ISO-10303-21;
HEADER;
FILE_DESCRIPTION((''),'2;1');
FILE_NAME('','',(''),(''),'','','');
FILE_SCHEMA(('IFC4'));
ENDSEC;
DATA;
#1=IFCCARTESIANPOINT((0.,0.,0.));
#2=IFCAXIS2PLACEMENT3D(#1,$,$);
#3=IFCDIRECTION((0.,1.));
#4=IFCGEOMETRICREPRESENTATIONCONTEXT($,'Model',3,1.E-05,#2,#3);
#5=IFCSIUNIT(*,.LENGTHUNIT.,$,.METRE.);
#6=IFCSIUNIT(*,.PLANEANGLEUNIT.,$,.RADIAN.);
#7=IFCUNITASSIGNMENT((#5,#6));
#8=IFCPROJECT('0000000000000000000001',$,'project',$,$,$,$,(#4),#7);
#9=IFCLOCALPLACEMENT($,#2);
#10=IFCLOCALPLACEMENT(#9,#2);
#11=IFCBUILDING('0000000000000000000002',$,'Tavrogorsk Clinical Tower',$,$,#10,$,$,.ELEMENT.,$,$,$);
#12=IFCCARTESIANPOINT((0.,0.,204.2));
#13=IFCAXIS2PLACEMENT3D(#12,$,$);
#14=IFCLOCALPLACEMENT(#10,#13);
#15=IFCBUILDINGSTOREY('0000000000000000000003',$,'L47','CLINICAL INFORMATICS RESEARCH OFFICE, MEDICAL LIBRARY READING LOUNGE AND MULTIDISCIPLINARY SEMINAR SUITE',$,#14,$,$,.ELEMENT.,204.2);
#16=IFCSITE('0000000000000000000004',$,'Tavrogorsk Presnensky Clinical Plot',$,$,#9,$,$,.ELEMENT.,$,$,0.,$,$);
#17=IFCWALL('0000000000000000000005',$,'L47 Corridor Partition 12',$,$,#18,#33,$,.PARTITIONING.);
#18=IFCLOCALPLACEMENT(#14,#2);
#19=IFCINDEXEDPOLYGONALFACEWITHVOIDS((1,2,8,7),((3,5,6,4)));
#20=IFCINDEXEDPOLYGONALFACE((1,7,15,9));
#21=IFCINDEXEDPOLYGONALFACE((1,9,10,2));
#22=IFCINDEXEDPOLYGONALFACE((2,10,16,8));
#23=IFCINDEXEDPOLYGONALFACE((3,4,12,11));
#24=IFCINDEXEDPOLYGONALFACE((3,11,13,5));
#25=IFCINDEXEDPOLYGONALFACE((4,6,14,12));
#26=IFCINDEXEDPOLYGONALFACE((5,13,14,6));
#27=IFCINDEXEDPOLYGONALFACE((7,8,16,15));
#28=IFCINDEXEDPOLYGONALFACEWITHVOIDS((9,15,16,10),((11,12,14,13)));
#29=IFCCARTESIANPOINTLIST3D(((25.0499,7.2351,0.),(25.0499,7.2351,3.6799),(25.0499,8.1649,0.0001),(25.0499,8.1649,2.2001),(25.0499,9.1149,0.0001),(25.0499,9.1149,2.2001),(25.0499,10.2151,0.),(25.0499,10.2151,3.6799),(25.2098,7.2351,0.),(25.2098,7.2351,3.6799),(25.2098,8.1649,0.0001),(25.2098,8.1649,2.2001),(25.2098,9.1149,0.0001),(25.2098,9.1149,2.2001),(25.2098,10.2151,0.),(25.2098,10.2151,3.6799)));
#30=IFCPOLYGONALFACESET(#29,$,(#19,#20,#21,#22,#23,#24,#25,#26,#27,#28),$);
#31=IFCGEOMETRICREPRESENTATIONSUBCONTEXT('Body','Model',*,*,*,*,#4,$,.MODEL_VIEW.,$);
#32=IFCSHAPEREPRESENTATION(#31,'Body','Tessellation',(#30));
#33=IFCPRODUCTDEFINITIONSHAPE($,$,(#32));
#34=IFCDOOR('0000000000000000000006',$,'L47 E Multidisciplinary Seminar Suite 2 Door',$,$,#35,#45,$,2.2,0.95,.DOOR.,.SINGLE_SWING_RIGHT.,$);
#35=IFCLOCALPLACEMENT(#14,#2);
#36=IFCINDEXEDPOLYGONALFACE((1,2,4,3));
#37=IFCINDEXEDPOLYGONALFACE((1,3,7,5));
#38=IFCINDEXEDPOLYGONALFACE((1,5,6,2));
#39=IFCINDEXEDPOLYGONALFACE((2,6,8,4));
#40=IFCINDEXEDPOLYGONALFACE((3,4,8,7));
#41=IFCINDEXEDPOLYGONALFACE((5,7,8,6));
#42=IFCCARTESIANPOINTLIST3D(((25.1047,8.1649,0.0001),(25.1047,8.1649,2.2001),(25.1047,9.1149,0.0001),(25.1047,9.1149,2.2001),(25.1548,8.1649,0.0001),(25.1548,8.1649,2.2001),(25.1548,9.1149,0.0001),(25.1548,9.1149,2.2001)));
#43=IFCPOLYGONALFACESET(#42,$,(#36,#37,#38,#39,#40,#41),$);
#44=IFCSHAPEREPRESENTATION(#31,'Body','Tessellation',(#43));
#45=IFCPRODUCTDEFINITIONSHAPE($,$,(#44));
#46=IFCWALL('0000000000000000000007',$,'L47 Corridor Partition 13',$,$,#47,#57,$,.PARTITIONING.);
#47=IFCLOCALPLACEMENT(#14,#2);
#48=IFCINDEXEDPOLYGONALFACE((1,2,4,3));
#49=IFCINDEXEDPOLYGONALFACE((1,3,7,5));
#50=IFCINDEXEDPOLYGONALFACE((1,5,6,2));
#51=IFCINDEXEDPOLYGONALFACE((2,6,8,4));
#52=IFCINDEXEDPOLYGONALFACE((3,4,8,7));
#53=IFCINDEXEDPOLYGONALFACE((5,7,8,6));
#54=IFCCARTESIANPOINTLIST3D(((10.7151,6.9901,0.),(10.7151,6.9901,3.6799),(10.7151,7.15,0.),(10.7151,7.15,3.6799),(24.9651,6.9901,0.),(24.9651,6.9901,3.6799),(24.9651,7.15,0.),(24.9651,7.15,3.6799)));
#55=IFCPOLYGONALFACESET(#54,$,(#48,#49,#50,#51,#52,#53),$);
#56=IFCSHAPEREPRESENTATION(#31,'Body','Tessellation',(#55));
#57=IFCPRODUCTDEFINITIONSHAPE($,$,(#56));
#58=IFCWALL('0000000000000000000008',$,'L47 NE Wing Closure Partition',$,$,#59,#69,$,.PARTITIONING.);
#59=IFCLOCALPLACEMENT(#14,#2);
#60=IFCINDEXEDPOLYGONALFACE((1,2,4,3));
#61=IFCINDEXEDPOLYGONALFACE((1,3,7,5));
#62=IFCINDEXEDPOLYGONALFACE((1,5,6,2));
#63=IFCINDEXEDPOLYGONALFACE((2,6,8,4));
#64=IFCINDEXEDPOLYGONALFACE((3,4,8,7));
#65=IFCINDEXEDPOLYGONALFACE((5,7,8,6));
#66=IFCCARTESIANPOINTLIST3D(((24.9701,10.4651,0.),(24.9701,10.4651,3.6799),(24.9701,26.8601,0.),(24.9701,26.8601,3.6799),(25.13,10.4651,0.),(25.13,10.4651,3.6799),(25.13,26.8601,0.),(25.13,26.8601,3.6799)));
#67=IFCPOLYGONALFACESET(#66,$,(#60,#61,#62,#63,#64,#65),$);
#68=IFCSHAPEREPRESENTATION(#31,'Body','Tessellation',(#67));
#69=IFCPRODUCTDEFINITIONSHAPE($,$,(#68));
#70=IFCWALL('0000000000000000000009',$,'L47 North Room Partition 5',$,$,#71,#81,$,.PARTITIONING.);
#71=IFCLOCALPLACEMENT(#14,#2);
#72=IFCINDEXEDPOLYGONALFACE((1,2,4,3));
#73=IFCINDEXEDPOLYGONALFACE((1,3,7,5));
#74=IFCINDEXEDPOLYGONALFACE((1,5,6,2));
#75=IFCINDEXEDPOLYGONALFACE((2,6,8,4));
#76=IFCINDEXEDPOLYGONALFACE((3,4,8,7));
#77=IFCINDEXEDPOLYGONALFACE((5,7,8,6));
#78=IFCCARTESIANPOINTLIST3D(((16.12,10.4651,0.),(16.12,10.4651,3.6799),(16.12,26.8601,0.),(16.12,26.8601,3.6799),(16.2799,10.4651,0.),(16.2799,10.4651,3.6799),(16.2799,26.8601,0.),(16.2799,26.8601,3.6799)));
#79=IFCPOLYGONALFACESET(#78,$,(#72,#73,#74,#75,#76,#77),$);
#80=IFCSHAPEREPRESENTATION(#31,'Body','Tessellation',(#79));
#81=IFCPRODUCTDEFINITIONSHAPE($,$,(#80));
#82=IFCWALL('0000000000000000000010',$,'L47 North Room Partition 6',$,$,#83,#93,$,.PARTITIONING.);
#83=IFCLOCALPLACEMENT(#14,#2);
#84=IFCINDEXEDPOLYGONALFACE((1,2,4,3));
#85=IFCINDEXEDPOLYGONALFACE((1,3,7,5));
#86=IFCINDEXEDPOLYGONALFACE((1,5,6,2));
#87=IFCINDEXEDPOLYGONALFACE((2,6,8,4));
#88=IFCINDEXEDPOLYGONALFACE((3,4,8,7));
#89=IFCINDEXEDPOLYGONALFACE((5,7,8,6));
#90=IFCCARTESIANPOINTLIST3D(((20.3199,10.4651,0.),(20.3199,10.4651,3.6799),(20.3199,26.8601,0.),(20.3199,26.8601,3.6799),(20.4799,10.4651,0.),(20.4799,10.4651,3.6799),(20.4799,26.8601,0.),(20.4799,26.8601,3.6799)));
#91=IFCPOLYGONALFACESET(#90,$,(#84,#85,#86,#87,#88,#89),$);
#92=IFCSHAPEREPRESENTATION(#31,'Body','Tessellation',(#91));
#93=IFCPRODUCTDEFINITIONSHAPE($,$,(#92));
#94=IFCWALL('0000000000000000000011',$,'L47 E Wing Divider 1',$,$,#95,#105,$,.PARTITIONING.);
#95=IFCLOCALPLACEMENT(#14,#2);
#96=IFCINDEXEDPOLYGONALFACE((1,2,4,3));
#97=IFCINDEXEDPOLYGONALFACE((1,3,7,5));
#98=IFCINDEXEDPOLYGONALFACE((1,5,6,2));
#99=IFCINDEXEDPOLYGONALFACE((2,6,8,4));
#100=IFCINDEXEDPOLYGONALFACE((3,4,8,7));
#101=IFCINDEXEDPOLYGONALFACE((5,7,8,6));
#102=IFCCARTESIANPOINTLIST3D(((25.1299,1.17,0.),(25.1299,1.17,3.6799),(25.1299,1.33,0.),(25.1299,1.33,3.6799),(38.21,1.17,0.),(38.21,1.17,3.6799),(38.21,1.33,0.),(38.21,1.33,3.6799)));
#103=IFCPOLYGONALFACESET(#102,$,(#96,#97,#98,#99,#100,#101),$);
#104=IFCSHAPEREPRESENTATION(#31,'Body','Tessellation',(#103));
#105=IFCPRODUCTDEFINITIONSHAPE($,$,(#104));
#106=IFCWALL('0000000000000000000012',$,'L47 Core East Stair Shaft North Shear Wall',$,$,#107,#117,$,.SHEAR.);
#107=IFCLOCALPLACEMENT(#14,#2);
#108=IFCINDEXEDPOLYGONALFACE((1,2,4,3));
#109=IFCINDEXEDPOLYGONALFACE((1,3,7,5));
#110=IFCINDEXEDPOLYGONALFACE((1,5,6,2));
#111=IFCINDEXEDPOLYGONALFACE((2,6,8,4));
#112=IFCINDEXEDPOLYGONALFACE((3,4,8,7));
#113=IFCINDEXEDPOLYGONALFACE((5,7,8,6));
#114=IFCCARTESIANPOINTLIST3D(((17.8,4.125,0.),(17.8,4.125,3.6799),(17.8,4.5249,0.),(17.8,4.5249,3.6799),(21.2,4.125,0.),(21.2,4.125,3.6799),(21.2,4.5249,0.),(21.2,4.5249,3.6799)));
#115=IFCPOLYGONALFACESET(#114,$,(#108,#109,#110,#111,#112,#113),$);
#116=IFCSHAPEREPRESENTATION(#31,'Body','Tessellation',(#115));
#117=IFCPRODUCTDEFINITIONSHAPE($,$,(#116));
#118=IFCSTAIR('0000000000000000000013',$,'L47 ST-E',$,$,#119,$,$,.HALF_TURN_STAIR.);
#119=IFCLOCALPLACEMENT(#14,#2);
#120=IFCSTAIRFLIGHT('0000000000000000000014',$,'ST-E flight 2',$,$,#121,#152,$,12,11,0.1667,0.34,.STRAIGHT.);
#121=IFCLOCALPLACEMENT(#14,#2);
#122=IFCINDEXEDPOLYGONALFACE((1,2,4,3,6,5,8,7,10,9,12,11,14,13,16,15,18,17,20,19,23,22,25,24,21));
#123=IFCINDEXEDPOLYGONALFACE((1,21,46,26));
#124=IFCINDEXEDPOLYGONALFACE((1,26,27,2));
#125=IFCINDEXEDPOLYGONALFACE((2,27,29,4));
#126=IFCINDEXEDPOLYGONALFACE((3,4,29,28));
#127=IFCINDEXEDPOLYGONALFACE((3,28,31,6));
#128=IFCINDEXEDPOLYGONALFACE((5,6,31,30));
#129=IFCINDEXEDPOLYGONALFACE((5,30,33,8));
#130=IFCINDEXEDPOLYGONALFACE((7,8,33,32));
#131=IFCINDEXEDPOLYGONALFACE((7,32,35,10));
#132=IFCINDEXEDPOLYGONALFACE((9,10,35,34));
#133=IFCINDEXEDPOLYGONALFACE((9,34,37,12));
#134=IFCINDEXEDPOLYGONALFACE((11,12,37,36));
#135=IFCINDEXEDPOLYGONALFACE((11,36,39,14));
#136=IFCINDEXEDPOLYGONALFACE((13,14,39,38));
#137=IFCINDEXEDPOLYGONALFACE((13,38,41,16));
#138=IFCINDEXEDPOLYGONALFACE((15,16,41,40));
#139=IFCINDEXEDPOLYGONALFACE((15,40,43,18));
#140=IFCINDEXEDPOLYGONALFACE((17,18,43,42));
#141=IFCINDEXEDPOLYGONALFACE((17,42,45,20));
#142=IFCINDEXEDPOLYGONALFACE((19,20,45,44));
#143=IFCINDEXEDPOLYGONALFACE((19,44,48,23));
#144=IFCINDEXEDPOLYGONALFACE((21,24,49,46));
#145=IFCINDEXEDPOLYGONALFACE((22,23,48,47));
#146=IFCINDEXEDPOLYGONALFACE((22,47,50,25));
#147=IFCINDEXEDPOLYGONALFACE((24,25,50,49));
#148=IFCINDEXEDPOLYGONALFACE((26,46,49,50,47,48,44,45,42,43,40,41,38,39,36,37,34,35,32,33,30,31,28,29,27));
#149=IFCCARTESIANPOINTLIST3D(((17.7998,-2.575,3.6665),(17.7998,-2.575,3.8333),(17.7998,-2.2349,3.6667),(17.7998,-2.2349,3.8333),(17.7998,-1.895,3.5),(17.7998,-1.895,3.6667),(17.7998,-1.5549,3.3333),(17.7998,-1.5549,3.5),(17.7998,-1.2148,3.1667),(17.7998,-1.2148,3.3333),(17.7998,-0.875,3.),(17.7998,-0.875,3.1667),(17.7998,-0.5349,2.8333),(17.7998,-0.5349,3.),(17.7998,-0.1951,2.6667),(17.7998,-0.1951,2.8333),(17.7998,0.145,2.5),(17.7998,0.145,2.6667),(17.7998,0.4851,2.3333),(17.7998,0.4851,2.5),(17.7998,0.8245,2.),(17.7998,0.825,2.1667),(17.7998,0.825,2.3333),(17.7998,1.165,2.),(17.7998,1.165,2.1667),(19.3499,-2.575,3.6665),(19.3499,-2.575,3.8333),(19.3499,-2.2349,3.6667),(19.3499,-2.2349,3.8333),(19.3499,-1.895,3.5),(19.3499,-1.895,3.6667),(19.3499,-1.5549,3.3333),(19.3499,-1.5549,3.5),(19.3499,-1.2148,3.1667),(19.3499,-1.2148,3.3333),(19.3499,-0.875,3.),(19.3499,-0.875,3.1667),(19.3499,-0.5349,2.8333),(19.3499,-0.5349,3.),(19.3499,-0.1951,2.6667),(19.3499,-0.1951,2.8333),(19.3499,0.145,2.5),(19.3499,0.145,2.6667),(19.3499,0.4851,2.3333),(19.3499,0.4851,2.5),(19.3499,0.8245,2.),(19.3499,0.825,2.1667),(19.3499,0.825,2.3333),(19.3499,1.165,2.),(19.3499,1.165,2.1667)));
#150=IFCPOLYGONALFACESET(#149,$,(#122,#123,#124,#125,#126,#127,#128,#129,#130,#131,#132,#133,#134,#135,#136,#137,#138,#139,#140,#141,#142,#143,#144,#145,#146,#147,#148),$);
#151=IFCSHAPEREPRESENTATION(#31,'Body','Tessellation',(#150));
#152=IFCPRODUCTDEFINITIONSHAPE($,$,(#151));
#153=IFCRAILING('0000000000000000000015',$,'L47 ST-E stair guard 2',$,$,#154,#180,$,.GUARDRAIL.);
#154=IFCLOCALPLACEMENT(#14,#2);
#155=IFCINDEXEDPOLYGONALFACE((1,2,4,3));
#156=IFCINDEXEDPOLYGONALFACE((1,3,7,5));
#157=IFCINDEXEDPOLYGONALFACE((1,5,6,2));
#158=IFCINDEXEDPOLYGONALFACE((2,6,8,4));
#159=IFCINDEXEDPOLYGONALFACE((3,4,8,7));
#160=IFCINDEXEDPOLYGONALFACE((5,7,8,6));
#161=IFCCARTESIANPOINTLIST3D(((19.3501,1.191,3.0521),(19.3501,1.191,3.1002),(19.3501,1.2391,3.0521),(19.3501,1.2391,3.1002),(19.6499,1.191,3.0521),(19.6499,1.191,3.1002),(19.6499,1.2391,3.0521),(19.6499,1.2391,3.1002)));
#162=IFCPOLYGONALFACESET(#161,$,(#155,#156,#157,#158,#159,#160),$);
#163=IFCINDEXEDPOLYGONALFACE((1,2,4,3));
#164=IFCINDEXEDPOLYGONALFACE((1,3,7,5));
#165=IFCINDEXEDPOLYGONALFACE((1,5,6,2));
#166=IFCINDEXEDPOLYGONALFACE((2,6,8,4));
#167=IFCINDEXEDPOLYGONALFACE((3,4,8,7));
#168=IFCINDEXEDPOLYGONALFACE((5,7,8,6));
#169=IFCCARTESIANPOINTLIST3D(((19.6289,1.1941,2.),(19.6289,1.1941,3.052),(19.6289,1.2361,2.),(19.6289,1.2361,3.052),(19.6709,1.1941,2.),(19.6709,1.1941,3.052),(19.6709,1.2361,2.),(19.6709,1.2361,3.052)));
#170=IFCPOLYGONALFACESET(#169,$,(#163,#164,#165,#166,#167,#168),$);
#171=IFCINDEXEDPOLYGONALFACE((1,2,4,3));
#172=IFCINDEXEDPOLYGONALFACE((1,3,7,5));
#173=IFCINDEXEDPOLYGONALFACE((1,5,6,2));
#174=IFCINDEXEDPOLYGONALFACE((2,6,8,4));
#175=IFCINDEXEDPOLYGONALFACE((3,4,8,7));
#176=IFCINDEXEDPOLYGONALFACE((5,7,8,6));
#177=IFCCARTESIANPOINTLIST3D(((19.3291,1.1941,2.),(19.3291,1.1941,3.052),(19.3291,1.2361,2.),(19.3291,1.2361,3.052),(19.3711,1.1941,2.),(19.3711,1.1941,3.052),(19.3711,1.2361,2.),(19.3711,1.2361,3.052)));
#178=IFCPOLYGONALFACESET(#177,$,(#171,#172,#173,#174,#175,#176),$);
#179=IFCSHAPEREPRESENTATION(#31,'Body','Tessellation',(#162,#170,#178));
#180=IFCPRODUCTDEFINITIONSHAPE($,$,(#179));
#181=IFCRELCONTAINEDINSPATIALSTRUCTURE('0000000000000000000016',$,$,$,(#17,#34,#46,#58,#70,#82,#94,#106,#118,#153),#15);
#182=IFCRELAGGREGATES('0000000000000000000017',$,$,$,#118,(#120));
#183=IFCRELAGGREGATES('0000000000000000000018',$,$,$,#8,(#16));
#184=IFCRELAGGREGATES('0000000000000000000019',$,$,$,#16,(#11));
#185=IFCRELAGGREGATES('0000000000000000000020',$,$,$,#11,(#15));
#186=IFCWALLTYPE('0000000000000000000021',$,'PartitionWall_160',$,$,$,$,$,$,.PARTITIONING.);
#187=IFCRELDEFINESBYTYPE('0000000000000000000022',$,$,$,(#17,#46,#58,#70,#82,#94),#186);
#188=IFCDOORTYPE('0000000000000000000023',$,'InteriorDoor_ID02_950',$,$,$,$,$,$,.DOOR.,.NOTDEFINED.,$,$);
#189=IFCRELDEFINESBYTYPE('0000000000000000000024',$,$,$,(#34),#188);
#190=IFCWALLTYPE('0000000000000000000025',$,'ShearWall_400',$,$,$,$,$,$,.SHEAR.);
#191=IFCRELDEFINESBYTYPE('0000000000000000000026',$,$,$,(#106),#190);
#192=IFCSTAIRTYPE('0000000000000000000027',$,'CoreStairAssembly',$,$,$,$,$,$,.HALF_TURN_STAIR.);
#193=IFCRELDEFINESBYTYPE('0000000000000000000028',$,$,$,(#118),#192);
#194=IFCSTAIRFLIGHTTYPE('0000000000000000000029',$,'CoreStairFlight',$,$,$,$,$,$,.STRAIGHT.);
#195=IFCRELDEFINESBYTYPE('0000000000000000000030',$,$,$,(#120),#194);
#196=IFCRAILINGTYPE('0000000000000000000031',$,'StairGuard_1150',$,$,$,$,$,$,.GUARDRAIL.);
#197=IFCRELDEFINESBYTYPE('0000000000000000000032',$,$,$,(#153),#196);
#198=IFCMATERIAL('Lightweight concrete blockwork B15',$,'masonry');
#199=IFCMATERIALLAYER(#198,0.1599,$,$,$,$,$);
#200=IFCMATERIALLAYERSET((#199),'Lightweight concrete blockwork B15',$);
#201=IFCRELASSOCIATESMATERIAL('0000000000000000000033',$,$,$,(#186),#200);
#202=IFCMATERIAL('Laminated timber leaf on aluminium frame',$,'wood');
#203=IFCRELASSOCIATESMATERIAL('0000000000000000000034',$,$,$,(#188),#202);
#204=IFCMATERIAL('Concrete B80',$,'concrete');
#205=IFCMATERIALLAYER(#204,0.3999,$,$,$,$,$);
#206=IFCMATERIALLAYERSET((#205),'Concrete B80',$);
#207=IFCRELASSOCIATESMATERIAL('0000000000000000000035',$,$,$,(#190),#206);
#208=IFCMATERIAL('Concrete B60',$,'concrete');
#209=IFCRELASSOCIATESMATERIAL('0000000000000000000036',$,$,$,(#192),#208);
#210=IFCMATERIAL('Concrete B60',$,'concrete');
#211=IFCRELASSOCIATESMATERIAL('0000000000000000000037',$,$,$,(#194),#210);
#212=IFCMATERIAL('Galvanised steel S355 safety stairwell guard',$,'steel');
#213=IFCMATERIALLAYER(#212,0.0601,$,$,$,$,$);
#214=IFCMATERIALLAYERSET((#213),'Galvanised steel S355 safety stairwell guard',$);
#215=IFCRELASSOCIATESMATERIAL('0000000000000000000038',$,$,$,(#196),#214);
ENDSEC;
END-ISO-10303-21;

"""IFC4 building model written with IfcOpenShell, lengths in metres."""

from ifc_helpers import new_model, si_unit, direction, frame, frame_2d, origin, origin_2d, place, context, subcontext, project, spatial, polyline, rectangle, outline, extrude, material, layer, layer_set, type_object, element, fill, aggregate, save


model = new_model("IFC4")

# Units and contexts
model_context = context("Model", 3, precision=1e-05, world=origin(), true_north=direction((0.0, 1.0)))
body_context = subcontext(model_context, "Body", "Model", "MODEL_VIEW")
ifc_project = project(units=[si_unit("LENGTHUNIT", "METRE"), si_unit("PLANEANGLEUNIT", "RADIAN")], contexts=[model_context])

# Site, building, storey
site_placement = place(None, origin())
site = spatial("IfcSite", under=ifc_project, at=site_placement, Name="Tavrogorsk Presnensky Clinical Plot", CompositionType="ELEMENT", RefElevation=0.0)
building_placement = place(site_placement, origin())
building = spatial("IfcBuilding", under=site, at=building_placement, Name="Tavrogorsk Clinical Tower", CompositionType="ELEMENT")
storey_placement = place(building_placement, frame((0.0, 0.0, 204.2)))
storey = spatial("IfcBuildingStorey", under=building, at=storey_placement, Name="L47", Description="CLINICAL INFORMATICS RESEARCH OFFICE, MEDICAL LIBRARY READING LOUNGE AND MULTIDISCIPLINARY SEMINAR SUITE", CompositionType="ELEMENT", Elevation=204.2)

# Wall, opening, door
ifc_material_1 = material(Name="Lightweight concrete blockwork B15", Category="masonry")
ifc_layer_1 = layer(ifc_material_1, 0.1599)
ifc_layer_set_1 = layer_set([ifc_layer_1], Name="Lightweight concrete blockwork B15")
wall_type_1 = type_object("IfcWallType", Name="PartitionWall_160", PredefinedType="PARTITIONING", material=ifc_layer_set_1)
wall_1_placement = place(storey_placement, frame((25.1299, 10.2151, 0.0), z_axis=(0.0, 0.0, 1.0), x_axis=(0.0, -1.0, 0.0)))
wall_1 = element("IfcWall", 1, at=wall_1_placement, inside=storey, type_object=wall_type_1, Name="L47 Corridor Partition 12", PredefinedType="PARTITIONING", context=body_context, shape_type="SweptSolid", body=[
    extrude(rectangle(XDim=2.98, YDim=0.1599, at=frame_2d((1.49, 0.0))), origin(), (0.0, 0.0, 1.0), 3.6799),
])
opening_placement = place(wall_1_placement, frame((1.1001, 0.0, 0.0)))
opening = element("IfcOpeningElement", 2, at=opening_placement, cuts=wall_1, PredefinedType="OPENING", context=body_context, shape_type="SweptSolid", body=[
    extrude(rectangle(XDim=0.95, YDim=2.2, at=frame_2d((0.4751, 1.1001))), frame((0.0, 0.0898, 0.0), z_axis=(0.0, -1.0, 0.0), x_axis=(1.0, 0.0, 0.0)), (0.0, 0.0, 1.0), 0.1799),
])
ifc_material_2 = material(Name="Laminated timber leaf on aluminium frame", Category="wood")
door_type = type_object("IfcDoorType", Name="InteriorDoor_ID02_950", OperationType="NOTDEFINED", PredefinedType="DOOR", material=ifc_material_2)
door_placement = place(opening_placement, origin())
door = element("IfcDoor", 3, at=door_placement, inside=storey, type_object=door_type, Name="L47 E Multidisciplinary Seminar Suite 2 Door", OperationType="SINGLE_SWING_RIGHT", OverallHeight=2.2, OverallWidth=0.95, PredefinedType="DOOR", context=body_context, shape_type="SweptSolid", body=[
    extrude(rectangle(XDim=0.95, YDim=2.2, at=frame_2d((0.4751, 1.1001))), frame((0.0, 0.0249, 0.0), z_axis=(0.0, -1.0, 0.0), x_axis=(1.0, 0.0, 0.0)), (0.0, 0.0, 1.0), 0.05),
])
fill(opening, door)

# Walls
wall_2_placement = place(storey_placement, frame((24.9651, 7.0701, 0.0), z_axis=(0.0, 0.0, 1.0), x_axis=(-1.0, 0.0, 0.0)))
element("IfcWall", 4, at=wall_2_placement, inside=storey, type_object=wall_type_1, Name="L47 Corridor Partition 13", PredefinedType="PARTITIONING", context=body_context, shape_type="SweptSolid", body=[
    extrude(rectangle(XDim=14.25, YDim=0.1599, at=frame_2d((7.125, 0.0))), origin(), (0.0, 0.0, 1.0), 3.6799),
])
for number, where, z_axis, x_axis, name in (
    (5, (25.05, 10.4651, 0.0), (0.0, 0.0, 1.0), (0.0, 1.0, 0.0), "L47 NE Wing Closure Partition"),
    (6, (16.2, 10.4651, 0.0), (0.0, 0.0, 1.0), (0.0, 1.0, 0.0), "L47 North Room Partition 5"),
    (7, (20.3999, 10.4651, 0.0), (0.0, 0.0, 1.0), (0.0, 1.0, 0.0), "L47 North Room Partition 6"),
):
    element("IfcWall", number, at=place(storey_placement, frame(where, z_axis=z_axis, x_axis=x_axis)), inside=storey, type_object=wall_type_1, Name=name, PredefinedType="PARTITIONING", context=body_context, shape_type="SweptSolid", body=[
        extrude(rectangle(XDim=16.395, YDim=0.1599, at=frame_2d((8.1975, 0.0))), origin(), (0.0, 0.0, 1.0), 3.6799),
    ])
wall_3_placement = place(storey_placement, frame((25.1299, 1.25, 0.0), z_axis=(0.0, 0.0, 1.0), x_axis=(1.0, 0.0, 0.0)))
element("IfcWall", 8, at=wall_3_placement, inside=storey, type_object=wall_type_1, Name="L47 E Wing Divider 1", PredefinedType="PARTITIONING", context=body_context, shape_type="SweptSolid", body=[
    extrude(rectangle(XDim=13.0801, YDim=0.1599, at=frame_2d((6.54, 0.0))), origin(), (0.0, 0.0, 1.0), 3.6799),
])
ifc_material_3 = material(Name="Concrete B80", Category="concrete")
ifc_layer_2 = layer(ifc_material_3, 0.3999)
ifc_layer_set_2 = layer_set([ifc_layer_2], Name="Concrete B80")
wall_type_2 = type_object("IfcWallType", Name="ShearWall_400", PredefinedType="SHEAR", material=ifc_layer_set_2)
wall_4_placement = place(storey_placement, frame((17.8, 4.325, 0.0), z_axis=(0.0, 0.0, 1.0), x_axis=(1.0, 0.0, 0.0)))
element("IfcWall", 9, at=wall_4_placement, inside=storey, type_object=wall_type_2, Name="L47 Core East Stair Shaft North Shear Wall", PredefinedType="SHEAR", context=body_context, shape_type="SweptSolid", body=[
    extrude(rectangle(XDim=3.3999, YDim=0.3999, at=frame_2d((1.7, 0.0))), origin(), (0.0, 0.0, 1.0), 3.6799),
])

# Stair, stair flight
ifc_material_4 = material(Name="Concrete B60", Category="concrete")
stair_type = type_object("IfcStairType", Name="CoreStairAssembly", PredefinedType="HALF_TURN_STAIR", material=ifc_material_4)
stair_placement = place(storey_placement, origin())
stair = element("IfcStair", 10, at=stair_placement, inside=storey, type_object=stair_type, Name="L47 ST-E", PredefinedType="HALF_TURN_STAIR")
ifc_material_5 = material(Name="Concrete B60", Category="concrete")
stair_flight_type = type_object("IfcStairFlightType", Name="CoreStairFlight", PredefinedType="STRAIGHT", material=ifc_material_5)
stair_flight_placement = place(storey_placement, frame((18.575, 1.165, 2.0), z_axis=(0.0, 0.0, 1.0), x_axis=(0.0, -1.0, 0.0)))
stair_flight = element("IfcStairFlight", 11, at=stair_flight_placement, type_object=stair_flight_type, Name="ST-E flight 2", NumberOfRisers=12, NumberOfTreads=11, PredefinedType="STRAIGHT", RiserHeight=0.1667, TreadLength=0.34, context=body_context, shape_type="SweptSolid", body=[
    extrude(outline(polyline([(0.0, 0.0), (0.0, 0.1667), (0.3401, 0.1667), (0.3401, 0.3333), (0.6799, 0.3333), (0.6799, 0.5), (1.02, 0.5), (1.02, 0.6667), (1.3601, 0.6667), (1.3601, 0.8333), (1.7, 0.8333), (1.7, 1.0), (2.04, 1.0), (2.04, 1.1667), (2.3799, 1.1667), (2.3799, 1.3333), (2.72, 1.3333), (2.72, 1.5), (3.0601, 1.5), (3.0601, 1.6667), (3.3999, 1.6667), (3.3999, 1.8333), (3.74, 1.8333), (3.74, 2.0), (3.74, 1.6665), (0.3406, 0.0), (0.0, 0.0)])), frame((0.0, 0.7749, 0.0), z_axis=(0.0, -1.0, 0.0), x_axis=(1.0, 0.0, 0.0)), (0.0, 0.0, 1.0), 1.55),
])
aggregate(stair, [stair_flight])

# Railing
ifc_material_6 = material(Name="Galvanised steel S355 safety stairwell guard", Category="steel")
ifc_layer_3 = layer(ifc_material_6, 0.0601)
ifc_layer_set_3 = layer_set([ifc_layer_3], Name="Galvanised steel S355 safety stairwell guard")
railing_type_1 = type_object("IfcRailingType", Name="StairGuard_1150", PredefinedType="GUARDRAIL", material=ifc_layer_set_3)
railing_1_placement = place(storey_placement, frame((19.6499, 1.2151, 2.0)))
element("IfcRailing", 12, at=railing_1_placement, inside=storey, type_object=railing_type_1, Name="L47 ST-E stair guard 2", PredefinedType="GUARDRAIL", context=body_context, shape_type="SweptSolid", body=[
    extrude(rectangle(XDim=0.0481, YDim=0.0481, at=origin_2d()), frame((0.0, 0.0, 1.0762), z_axis=(-1.0, 0.0, 0.0), x_axis=(0.0, -1.0, 0.0)), (0.0, 0.0, 1.0), 0.2998),
    extrude(rectangle(XDim=0.042, YDim=0.042, at=origin_2d()), origin(), (0.0, 0.0, 1.0), 1.052),
    extrude(rectangle(XDim=0.042, YDim=0.042, at=origin_2d()), frame((-0.2998, 0.0, 0.0)), (0.0, 0.0, 1.0), 1.052),
])

save(model, "model.ifc")
